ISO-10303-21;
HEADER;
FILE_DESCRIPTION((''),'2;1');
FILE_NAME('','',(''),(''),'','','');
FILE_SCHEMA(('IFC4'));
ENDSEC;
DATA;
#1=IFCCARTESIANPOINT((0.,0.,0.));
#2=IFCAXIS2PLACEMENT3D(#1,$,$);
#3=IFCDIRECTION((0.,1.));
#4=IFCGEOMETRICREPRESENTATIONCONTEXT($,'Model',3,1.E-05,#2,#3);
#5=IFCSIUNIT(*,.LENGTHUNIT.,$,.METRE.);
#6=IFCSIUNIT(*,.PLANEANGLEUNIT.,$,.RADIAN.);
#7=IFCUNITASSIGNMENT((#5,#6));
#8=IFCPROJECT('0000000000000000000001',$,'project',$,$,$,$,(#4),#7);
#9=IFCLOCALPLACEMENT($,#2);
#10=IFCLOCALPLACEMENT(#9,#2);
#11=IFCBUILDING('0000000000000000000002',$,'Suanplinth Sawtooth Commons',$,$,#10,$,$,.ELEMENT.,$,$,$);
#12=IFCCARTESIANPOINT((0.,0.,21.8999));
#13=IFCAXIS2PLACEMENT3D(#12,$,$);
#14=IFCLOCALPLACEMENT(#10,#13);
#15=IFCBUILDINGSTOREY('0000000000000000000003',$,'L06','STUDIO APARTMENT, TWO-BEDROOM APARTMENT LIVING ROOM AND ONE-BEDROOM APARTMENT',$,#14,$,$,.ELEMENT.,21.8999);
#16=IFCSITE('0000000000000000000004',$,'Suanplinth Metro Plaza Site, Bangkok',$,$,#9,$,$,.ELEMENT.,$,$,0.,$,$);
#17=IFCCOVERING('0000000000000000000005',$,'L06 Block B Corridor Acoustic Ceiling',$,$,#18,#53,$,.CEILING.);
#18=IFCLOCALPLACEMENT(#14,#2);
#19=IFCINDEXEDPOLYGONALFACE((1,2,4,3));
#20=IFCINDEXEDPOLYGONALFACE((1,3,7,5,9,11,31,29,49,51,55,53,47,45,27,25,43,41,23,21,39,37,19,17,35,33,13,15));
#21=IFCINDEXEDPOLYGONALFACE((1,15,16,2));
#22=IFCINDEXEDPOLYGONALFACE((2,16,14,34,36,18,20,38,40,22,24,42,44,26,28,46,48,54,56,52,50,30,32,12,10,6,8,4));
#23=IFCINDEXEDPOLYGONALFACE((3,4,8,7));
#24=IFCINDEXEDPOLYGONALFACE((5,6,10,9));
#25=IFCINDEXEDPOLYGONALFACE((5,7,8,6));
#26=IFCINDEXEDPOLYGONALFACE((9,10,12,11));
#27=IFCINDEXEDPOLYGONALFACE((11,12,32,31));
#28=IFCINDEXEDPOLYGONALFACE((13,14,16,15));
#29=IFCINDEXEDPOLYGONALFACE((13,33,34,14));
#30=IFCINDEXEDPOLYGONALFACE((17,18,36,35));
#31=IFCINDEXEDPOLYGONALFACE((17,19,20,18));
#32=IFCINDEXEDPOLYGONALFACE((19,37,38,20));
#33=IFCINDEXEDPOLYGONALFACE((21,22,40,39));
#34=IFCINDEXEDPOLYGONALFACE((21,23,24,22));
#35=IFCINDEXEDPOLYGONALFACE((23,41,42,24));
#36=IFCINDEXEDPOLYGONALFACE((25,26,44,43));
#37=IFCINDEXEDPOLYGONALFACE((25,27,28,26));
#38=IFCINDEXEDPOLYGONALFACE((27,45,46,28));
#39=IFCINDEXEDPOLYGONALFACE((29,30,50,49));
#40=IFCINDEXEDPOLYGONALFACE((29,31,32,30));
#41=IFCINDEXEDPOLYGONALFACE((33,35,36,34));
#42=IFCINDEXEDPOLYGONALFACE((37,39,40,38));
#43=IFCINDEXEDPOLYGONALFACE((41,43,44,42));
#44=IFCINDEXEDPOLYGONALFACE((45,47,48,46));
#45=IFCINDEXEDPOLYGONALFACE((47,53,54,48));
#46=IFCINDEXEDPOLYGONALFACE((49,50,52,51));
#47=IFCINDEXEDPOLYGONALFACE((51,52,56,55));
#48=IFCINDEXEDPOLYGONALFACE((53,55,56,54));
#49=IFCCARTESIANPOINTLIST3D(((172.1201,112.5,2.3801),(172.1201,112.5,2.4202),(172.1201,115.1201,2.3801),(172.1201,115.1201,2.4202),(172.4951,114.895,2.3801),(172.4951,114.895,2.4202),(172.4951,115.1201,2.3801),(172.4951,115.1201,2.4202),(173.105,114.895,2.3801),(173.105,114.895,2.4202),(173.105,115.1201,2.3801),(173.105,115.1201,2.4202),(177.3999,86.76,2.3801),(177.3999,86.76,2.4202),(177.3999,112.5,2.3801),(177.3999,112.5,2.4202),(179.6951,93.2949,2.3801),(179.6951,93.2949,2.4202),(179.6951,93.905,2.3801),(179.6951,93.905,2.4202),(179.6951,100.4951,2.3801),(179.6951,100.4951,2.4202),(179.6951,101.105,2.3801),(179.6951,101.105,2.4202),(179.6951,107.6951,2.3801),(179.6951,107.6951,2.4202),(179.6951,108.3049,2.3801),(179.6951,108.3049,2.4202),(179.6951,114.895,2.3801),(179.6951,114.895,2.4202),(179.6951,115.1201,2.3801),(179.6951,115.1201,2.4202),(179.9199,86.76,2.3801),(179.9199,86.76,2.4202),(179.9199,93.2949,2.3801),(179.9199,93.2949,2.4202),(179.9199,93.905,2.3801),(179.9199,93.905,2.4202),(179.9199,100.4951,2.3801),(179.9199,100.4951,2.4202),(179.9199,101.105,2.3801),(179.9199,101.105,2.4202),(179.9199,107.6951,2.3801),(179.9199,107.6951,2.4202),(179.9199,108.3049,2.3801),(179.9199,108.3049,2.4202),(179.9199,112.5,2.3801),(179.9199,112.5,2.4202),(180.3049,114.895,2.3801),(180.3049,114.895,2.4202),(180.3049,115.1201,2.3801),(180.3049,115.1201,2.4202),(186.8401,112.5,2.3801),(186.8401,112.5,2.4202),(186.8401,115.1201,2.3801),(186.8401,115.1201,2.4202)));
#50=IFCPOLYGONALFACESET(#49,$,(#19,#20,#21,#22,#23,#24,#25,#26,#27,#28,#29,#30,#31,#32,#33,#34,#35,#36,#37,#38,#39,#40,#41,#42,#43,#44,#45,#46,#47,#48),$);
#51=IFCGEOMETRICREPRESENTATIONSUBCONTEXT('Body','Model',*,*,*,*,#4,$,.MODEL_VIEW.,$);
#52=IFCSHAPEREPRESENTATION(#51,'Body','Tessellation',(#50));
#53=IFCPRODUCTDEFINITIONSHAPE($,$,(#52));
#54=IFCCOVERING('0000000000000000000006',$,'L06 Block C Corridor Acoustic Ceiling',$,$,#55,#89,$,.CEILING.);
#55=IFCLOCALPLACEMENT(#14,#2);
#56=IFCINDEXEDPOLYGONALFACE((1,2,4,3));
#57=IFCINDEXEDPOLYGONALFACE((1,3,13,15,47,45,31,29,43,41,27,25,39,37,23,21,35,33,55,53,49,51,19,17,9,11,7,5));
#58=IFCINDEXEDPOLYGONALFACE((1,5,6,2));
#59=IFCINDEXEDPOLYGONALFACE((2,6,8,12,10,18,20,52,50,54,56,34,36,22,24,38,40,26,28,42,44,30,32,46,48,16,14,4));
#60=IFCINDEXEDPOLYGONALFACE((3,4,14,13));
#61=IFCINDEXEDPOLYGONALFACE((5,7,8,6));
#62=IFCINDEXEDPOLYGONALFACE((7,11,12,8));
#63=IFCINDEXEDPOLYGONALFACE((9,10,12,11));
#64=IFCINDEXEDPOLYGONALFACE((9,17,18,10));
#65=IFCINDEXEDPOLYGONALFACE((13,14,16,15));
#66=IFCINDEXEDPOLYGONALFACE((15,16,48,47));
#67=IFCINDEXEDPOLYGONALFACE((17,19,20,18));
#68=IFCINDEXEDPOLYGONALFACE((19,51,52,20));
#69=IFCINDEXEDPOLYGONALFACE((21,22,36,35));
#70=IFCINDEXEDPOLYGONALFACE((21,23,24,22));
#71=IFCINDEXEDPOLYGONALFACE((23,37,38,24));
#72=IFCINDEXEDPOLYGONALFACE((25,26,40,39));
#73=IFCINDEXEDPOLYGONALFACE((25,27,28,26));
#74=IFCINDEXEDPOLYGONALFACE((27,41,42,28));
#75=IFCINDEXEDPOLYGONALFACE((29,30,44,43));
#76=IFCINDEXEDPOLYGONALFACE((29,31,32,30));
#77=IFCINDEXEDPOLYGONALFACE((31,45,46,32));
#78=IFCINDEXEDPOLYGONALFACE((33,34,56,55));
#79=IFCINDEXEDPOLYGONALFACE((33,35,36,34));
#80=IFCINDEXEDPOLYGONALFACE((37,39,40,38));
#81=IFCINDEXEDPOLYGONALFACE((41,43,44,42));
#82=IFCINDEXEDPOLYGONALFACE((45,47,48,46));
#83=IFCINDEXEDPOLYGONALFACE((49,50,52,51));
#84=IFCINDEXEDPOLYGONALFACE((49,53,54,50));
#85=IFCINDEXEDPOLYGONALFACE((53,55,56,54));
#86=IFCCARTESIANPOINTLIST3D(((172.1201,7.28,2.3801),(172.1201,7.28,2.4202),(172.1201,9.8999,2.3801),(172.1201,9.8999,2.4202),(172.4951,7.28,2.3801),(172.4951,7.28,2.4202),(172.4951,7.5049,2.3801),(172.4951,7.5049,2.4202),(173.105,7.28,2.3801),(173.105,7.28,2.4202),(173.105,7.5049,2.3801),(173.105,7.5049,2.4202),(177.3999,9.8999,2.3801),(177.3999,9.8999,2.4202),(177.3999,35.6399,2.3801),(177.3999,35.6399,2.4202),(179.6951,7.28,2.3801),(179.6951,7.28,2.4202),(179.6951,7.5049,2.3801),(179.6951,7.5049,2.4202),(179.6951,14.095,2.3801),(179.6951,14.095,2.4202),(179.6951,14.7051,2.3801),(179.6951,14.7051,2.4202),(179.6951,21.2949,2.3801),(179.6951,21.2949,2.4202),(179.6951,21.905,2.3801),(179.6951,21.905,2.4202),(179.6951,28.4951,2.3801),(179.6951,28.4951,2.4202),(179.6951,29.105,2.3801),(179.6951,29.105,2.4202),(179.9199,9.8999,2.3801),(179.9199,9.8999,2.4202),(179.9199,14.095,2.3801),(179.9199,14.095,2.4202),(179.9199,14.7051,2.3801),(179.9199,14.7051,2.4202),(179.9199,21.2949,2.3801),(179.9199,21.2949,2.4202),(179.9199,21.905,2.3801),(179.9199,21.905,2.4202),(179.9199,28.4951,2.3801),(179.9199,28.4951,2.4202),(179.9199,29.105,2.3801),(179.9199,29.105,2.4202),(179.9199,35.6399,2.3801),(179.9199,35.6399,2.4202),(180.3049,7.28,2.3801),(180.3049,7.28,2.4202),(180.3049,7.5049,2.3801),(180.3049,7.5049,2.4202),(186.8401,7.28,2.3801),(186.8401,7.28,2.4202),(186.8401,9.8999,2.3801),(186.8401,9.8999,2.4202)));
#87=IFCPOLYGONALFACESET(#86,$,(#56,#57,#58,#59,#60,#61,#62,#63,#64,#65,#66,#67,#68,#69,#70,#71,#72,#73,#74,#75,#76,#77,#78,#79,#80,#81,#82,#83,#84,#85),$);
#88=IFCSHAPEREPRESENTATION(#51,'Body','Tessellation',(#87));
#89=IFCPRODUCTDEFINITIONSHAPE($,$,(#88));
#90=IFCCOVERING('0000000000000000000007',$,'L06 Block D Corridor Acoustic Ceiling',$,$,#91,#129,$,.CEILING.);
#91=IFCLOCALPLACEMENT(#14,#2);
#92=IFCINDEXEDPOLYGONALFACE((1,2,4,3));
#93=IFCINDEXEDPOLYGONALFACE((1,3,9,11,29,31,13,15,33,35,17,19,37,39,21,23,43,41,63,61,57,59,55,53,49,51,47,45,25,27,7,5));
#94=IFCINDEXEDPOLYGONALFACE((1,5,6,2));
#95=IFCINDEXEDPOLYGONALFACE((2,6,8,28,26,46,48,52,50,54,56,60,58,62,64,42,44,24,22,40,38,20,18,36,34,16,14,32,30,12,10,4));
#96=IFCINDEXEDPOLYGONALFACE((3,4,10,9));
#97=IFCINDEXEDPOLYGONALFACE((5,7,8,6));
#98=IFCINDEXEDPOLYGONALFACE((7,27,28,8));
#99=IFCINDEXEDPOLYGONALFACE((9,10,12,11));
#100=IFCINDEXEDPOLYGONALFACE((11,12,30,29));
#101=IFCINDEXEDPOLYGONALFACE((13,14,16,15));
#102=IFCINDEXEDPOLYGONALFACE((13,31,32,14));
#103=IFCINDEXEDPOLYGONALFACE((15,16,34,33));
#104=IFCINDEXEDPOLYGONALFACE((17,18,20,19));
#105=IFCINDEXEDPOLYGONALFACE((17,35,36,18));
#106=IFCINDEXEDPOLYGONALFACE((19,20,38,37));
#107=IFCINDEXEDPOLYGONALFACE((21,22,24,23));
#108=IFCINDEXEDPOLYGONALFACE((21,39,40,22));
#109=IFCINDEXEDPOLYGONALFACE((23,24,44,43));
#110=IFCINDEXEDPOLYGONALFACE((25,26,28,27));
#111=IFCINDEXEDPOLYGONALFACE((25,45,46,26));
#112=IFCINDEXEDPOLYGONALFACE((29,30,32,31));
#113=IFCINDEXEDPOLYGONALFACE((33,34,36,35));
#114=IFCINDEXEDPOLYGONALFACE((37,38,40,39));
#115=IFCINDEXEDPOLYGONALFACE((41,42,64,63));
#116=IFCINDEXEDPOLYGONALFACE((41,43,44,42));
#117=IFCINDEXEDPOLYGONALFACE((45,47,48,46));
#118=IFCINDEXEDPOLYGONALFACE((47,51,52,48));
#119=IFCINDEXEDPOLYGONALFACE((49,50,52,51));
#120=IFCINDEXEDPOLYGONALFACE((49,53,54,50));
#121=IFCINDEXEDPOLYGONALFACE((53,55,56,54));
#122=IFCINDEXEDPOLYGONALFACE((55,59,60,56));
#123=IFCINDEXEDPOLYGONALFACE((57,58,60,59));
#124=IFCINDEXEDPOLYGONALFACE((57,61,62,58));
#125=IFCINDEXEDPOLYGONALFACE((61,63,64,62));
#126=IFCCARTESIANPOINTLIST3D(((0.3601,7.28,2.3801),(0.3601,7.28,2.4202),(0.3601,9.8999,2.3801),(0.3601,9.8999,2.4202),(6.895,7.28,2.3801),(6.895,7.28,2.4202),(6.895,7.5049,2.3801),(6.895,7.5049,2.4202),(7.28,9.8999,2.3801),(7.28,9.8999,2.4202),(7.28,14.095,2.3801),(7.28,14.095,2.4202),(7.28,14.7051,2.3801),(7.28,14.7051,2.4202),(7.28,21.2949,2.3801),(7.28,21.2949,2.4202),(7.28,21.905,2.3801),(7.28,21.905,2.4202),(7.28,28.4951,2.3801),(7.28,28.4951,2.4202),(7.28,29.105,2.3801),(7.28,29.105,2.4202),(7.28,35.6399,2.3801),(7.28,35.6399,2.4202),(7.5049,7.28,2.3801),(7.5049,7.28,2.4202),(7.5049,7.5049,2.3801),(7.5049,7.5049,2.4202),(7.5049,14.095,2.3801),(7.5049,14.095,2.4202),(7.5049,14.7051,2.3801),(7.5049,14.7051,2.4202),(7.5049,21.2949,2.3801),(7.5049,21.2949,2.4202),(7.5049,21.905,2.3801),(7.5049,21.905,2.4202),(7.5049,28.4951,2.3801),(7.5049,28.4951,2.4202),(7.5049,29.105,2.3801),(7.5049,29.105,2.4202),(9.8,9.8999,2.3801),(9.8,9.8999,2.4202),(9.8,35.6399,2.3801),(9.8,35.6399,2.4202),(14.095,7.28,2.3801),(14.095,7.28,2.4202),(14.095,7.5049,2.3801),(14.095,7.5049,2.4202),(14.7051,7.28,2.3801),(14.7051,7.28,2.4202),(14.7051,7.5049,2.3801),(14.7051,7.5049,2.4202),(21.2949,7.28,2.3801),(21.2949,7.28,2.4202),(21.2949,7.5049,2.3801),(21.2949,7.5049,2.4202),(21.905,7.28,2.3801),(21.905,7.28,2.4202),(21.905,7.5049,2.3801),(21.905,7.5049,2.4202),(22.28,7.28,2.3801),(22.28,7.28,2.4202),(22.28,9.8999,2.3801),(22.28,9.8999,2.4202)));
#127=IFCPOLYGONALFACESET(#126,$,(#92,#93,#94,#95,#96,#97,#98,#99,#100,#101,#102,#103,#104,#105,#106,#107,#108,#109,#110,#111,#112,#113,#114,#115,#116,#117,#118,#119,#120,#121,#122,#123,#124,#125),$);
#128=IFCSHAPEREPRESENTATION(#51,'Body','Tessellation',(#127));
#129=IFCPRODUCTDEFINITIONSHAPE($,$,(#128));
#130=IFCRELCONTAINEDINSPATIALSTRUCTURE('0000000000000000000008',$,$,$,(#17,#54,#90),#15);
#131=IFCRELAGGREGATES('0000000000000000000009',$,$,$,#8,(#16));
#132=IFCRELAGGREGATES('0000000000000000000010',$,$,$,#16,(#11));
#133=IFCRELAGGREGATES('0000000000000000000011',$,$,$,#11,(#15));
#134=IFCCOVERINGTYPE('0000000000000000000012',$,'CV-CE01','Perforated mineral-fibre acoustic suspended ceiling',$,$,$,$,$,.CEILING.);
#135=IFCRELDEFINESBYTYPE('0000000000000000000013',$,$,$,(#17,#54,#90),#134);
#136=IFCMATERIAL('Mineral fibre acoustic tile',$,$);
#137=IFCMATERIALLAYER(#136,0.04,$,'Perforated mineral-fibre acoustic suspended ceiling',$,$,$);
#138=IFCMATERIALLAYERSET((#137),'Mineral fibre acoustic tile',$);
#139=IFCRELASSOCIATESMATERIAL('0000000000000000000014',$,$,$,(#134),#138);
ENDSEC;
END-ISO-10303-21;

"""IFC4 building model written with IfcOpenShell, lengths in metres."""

from ifc_helpers import new_model, si_unit, direction, frame, origin, place, context, subcontext, project, spatial, polyline, outline, extrude, material, layer, layer_set, type_object, element, save


model = new_model("IFC4")

# Units and contexts
model_context = context("Model", 3, precision=1e-05, world=origin(), true_north=direction((0.0, 1.0)))
body_context = subcontext(model_context, "Body", "Model", "MODEL_VIEW")
ifc_project = project(units=[si_unit("LENGTHUNIT", "METRE"), si_unit("PLANEANGLEUNIT", "RADIAN")], contexts=[model_context])

# Site, building, storey
site_placement = place(None, origin())
site = spatial("IfcSite", under=ifc_project, at=site_placement, Name="Suanplinth Metro Plaza Site, Bangkok", CompositionType="ELEMENT", RefElevation=0.0)
building_placement = place(site_placement, origin())
building = spatial("IfcBuilding", under=site, at=building_placement, Name="Suanplinth Sawtooth Commons", CompositionType="ELEMENT")
storey_placement = place(building_placement, frame((0.0, 0.0, 21.8999)))
storey = spatial("IfcBuildingStorey", under=building, at=storey_placement, Name="L06", Description="STUDIO APARTMENT, TWO-BEDROOM APARTMENT LIVING ROOM AND ONE-BEDROOM APARTMENT", CompositionType="ELEMENT", Elevation=21.8999)

# Coverings
ifc_material_1 = material(Name="Mineral fibre acoustic tile")
ifc_layer_1 = layer(ifc_material_1, 0.04, Name="Perforated mineral-fibre acoustic suspended ceiling")
ifc_layer_set_1 = layer_set([ifc_layer_1], Name="Mineral fibre acoustic tile")
covering_type = type_object("IfcCoveringType", Name="CV-CE01", Description="Perforated mineral-fibre acoustic suspended ceiling", PredefinedType="CEILING", material=ifc_layer_set_1)
covering_1_placement = place(storey_placement, frame((0.0, 0.0, 2.3801)))
element("IfcCovering", 1, at=covering_1_placement, inside=storey, type_object=covering_type, Name="L06 Block B Corridor Acoustic Ceiling", PredefinedType="CEILING", context=body_context, shape_type="SweptSolid", body=[
    extrude(outline(polyline([(172.4951, 115.1201), (172.4951, 114.895), (173.105, 114.895), (173.105, 115.1201), (179.6951, 115.1201), (179.6951, 114.895), (180.3049, 114.895), (180.3049, 115.1201), (186.8401, 115.1201), (186.8401, 112.5), (179.9199, 112.5), (179.9199, 108.3049), (179.6951, 108.3049), (179.6951, 107.6951), (179.9199, 107.6951), (179.9199, 101.105), (179.6951, 101.105), (179.6951, 100.4951), (179.9199, 100.4951), (179.9199, 93.905), (179.6951, 93.905), (179.6951, 93.2949), (179.9199, 93.2949), (179.9199, 86.76), (177.3999, 86.76), (177.3999, 112.5), (172.1201, 112.5), (172.1201, 115.1201), (172.4951, 115.1201)])), origin(), (0.0, 0.0, 1.0), 0.04),
])
covering_2_placement = place(storey_placement, frame((0.0, 0.0, 2.3801)))
element("IfcCovering", 2, at=covering_2_placement, inside=storey, type_object=covering_type, Name="L06 Block C Corridor Acoustic Ceiling", PredefinedType="CEILING", context=body_context, shape_type="SweptSolid", body=[
    extrude(outline(polyline([(172.1201, 9.8999), (177.3999, 9.8999), (177.3999, 35.6399), (179.9199, 35.6399), (179.9199, 29.105), (179.6951, 29.105), (179.6951, 28.4951), (179.9199, 28.4951), (179.9199, 21.905), (179.6951, 21.905), (179.6951, 21.2949), (179.9199, 21.2949), (179.9199, 14.7051), (179.6951, 14.7051), (179.6951, 14.095), (179.9199, 14.095), (179.9199, 9.8999), (186.8401, 9.8999), (186.8401, 7.28), (180.3049, 7.28), (180.3049, 7.5049), (179.6951, 7.5049), (179.6951, 7.28), (173.105, 7.28), (173.105, 7.5049), (172.4951, 7.5049), (172.4951, 7.28), (172.1201, 7.28), (172.1201, 9.8999)])), origin(), (0.0, 0.0, 1.0), 0.04),
])
covering_3_placement = place(storey_placement, frame((0.0, 0.0, 2.3801)))
element("IfcCovering", 3, at=covering_3_placement, inside=storey, type_object=covering_type, Name="L06 Block D Corridor Acoustic Ceiling", PredefinedType="CEILING", context=body_context, shape_type="SweptSolid", body=[
    extrude(outline(polyline([(0.3601, 9.8999), (7.28, 9.8999), (7.28, 14.095), (7.5049, 14.095), (7.5049, 14.7051), (7.28, 14.7051), (7.28, 21.2949), (7.5049, 21.2949), (7.5049, 21.905), (7.28, 21.905), (7.28, 28.4951), (7.5049, 28.4951), (7.5049, 29.105), (7.28, 29.105), (7.28, 35.6399), (9.8, 35.6399), (9.8, 9.8999), (22.28, 9.8999), (22.28, 7.28), (21.905, 7.28), (21.905, 7.5049), (21.2949, 7.5049), (21.2949, 7.28), (14.7051, 7.28), (14.7051, 7.5049), (14.095, 7.5049), (14.095, 7.28), (7.5049, 7.28), (7.5049, 7.5049), (6.895, 7.5049), (6.895, 7.28), (0.3601, 7.28), (0.3601, 9.8999)])), origin(), (0.0, 0.0, 1.0), 0.04),
])

save(model, "model.ifc")
